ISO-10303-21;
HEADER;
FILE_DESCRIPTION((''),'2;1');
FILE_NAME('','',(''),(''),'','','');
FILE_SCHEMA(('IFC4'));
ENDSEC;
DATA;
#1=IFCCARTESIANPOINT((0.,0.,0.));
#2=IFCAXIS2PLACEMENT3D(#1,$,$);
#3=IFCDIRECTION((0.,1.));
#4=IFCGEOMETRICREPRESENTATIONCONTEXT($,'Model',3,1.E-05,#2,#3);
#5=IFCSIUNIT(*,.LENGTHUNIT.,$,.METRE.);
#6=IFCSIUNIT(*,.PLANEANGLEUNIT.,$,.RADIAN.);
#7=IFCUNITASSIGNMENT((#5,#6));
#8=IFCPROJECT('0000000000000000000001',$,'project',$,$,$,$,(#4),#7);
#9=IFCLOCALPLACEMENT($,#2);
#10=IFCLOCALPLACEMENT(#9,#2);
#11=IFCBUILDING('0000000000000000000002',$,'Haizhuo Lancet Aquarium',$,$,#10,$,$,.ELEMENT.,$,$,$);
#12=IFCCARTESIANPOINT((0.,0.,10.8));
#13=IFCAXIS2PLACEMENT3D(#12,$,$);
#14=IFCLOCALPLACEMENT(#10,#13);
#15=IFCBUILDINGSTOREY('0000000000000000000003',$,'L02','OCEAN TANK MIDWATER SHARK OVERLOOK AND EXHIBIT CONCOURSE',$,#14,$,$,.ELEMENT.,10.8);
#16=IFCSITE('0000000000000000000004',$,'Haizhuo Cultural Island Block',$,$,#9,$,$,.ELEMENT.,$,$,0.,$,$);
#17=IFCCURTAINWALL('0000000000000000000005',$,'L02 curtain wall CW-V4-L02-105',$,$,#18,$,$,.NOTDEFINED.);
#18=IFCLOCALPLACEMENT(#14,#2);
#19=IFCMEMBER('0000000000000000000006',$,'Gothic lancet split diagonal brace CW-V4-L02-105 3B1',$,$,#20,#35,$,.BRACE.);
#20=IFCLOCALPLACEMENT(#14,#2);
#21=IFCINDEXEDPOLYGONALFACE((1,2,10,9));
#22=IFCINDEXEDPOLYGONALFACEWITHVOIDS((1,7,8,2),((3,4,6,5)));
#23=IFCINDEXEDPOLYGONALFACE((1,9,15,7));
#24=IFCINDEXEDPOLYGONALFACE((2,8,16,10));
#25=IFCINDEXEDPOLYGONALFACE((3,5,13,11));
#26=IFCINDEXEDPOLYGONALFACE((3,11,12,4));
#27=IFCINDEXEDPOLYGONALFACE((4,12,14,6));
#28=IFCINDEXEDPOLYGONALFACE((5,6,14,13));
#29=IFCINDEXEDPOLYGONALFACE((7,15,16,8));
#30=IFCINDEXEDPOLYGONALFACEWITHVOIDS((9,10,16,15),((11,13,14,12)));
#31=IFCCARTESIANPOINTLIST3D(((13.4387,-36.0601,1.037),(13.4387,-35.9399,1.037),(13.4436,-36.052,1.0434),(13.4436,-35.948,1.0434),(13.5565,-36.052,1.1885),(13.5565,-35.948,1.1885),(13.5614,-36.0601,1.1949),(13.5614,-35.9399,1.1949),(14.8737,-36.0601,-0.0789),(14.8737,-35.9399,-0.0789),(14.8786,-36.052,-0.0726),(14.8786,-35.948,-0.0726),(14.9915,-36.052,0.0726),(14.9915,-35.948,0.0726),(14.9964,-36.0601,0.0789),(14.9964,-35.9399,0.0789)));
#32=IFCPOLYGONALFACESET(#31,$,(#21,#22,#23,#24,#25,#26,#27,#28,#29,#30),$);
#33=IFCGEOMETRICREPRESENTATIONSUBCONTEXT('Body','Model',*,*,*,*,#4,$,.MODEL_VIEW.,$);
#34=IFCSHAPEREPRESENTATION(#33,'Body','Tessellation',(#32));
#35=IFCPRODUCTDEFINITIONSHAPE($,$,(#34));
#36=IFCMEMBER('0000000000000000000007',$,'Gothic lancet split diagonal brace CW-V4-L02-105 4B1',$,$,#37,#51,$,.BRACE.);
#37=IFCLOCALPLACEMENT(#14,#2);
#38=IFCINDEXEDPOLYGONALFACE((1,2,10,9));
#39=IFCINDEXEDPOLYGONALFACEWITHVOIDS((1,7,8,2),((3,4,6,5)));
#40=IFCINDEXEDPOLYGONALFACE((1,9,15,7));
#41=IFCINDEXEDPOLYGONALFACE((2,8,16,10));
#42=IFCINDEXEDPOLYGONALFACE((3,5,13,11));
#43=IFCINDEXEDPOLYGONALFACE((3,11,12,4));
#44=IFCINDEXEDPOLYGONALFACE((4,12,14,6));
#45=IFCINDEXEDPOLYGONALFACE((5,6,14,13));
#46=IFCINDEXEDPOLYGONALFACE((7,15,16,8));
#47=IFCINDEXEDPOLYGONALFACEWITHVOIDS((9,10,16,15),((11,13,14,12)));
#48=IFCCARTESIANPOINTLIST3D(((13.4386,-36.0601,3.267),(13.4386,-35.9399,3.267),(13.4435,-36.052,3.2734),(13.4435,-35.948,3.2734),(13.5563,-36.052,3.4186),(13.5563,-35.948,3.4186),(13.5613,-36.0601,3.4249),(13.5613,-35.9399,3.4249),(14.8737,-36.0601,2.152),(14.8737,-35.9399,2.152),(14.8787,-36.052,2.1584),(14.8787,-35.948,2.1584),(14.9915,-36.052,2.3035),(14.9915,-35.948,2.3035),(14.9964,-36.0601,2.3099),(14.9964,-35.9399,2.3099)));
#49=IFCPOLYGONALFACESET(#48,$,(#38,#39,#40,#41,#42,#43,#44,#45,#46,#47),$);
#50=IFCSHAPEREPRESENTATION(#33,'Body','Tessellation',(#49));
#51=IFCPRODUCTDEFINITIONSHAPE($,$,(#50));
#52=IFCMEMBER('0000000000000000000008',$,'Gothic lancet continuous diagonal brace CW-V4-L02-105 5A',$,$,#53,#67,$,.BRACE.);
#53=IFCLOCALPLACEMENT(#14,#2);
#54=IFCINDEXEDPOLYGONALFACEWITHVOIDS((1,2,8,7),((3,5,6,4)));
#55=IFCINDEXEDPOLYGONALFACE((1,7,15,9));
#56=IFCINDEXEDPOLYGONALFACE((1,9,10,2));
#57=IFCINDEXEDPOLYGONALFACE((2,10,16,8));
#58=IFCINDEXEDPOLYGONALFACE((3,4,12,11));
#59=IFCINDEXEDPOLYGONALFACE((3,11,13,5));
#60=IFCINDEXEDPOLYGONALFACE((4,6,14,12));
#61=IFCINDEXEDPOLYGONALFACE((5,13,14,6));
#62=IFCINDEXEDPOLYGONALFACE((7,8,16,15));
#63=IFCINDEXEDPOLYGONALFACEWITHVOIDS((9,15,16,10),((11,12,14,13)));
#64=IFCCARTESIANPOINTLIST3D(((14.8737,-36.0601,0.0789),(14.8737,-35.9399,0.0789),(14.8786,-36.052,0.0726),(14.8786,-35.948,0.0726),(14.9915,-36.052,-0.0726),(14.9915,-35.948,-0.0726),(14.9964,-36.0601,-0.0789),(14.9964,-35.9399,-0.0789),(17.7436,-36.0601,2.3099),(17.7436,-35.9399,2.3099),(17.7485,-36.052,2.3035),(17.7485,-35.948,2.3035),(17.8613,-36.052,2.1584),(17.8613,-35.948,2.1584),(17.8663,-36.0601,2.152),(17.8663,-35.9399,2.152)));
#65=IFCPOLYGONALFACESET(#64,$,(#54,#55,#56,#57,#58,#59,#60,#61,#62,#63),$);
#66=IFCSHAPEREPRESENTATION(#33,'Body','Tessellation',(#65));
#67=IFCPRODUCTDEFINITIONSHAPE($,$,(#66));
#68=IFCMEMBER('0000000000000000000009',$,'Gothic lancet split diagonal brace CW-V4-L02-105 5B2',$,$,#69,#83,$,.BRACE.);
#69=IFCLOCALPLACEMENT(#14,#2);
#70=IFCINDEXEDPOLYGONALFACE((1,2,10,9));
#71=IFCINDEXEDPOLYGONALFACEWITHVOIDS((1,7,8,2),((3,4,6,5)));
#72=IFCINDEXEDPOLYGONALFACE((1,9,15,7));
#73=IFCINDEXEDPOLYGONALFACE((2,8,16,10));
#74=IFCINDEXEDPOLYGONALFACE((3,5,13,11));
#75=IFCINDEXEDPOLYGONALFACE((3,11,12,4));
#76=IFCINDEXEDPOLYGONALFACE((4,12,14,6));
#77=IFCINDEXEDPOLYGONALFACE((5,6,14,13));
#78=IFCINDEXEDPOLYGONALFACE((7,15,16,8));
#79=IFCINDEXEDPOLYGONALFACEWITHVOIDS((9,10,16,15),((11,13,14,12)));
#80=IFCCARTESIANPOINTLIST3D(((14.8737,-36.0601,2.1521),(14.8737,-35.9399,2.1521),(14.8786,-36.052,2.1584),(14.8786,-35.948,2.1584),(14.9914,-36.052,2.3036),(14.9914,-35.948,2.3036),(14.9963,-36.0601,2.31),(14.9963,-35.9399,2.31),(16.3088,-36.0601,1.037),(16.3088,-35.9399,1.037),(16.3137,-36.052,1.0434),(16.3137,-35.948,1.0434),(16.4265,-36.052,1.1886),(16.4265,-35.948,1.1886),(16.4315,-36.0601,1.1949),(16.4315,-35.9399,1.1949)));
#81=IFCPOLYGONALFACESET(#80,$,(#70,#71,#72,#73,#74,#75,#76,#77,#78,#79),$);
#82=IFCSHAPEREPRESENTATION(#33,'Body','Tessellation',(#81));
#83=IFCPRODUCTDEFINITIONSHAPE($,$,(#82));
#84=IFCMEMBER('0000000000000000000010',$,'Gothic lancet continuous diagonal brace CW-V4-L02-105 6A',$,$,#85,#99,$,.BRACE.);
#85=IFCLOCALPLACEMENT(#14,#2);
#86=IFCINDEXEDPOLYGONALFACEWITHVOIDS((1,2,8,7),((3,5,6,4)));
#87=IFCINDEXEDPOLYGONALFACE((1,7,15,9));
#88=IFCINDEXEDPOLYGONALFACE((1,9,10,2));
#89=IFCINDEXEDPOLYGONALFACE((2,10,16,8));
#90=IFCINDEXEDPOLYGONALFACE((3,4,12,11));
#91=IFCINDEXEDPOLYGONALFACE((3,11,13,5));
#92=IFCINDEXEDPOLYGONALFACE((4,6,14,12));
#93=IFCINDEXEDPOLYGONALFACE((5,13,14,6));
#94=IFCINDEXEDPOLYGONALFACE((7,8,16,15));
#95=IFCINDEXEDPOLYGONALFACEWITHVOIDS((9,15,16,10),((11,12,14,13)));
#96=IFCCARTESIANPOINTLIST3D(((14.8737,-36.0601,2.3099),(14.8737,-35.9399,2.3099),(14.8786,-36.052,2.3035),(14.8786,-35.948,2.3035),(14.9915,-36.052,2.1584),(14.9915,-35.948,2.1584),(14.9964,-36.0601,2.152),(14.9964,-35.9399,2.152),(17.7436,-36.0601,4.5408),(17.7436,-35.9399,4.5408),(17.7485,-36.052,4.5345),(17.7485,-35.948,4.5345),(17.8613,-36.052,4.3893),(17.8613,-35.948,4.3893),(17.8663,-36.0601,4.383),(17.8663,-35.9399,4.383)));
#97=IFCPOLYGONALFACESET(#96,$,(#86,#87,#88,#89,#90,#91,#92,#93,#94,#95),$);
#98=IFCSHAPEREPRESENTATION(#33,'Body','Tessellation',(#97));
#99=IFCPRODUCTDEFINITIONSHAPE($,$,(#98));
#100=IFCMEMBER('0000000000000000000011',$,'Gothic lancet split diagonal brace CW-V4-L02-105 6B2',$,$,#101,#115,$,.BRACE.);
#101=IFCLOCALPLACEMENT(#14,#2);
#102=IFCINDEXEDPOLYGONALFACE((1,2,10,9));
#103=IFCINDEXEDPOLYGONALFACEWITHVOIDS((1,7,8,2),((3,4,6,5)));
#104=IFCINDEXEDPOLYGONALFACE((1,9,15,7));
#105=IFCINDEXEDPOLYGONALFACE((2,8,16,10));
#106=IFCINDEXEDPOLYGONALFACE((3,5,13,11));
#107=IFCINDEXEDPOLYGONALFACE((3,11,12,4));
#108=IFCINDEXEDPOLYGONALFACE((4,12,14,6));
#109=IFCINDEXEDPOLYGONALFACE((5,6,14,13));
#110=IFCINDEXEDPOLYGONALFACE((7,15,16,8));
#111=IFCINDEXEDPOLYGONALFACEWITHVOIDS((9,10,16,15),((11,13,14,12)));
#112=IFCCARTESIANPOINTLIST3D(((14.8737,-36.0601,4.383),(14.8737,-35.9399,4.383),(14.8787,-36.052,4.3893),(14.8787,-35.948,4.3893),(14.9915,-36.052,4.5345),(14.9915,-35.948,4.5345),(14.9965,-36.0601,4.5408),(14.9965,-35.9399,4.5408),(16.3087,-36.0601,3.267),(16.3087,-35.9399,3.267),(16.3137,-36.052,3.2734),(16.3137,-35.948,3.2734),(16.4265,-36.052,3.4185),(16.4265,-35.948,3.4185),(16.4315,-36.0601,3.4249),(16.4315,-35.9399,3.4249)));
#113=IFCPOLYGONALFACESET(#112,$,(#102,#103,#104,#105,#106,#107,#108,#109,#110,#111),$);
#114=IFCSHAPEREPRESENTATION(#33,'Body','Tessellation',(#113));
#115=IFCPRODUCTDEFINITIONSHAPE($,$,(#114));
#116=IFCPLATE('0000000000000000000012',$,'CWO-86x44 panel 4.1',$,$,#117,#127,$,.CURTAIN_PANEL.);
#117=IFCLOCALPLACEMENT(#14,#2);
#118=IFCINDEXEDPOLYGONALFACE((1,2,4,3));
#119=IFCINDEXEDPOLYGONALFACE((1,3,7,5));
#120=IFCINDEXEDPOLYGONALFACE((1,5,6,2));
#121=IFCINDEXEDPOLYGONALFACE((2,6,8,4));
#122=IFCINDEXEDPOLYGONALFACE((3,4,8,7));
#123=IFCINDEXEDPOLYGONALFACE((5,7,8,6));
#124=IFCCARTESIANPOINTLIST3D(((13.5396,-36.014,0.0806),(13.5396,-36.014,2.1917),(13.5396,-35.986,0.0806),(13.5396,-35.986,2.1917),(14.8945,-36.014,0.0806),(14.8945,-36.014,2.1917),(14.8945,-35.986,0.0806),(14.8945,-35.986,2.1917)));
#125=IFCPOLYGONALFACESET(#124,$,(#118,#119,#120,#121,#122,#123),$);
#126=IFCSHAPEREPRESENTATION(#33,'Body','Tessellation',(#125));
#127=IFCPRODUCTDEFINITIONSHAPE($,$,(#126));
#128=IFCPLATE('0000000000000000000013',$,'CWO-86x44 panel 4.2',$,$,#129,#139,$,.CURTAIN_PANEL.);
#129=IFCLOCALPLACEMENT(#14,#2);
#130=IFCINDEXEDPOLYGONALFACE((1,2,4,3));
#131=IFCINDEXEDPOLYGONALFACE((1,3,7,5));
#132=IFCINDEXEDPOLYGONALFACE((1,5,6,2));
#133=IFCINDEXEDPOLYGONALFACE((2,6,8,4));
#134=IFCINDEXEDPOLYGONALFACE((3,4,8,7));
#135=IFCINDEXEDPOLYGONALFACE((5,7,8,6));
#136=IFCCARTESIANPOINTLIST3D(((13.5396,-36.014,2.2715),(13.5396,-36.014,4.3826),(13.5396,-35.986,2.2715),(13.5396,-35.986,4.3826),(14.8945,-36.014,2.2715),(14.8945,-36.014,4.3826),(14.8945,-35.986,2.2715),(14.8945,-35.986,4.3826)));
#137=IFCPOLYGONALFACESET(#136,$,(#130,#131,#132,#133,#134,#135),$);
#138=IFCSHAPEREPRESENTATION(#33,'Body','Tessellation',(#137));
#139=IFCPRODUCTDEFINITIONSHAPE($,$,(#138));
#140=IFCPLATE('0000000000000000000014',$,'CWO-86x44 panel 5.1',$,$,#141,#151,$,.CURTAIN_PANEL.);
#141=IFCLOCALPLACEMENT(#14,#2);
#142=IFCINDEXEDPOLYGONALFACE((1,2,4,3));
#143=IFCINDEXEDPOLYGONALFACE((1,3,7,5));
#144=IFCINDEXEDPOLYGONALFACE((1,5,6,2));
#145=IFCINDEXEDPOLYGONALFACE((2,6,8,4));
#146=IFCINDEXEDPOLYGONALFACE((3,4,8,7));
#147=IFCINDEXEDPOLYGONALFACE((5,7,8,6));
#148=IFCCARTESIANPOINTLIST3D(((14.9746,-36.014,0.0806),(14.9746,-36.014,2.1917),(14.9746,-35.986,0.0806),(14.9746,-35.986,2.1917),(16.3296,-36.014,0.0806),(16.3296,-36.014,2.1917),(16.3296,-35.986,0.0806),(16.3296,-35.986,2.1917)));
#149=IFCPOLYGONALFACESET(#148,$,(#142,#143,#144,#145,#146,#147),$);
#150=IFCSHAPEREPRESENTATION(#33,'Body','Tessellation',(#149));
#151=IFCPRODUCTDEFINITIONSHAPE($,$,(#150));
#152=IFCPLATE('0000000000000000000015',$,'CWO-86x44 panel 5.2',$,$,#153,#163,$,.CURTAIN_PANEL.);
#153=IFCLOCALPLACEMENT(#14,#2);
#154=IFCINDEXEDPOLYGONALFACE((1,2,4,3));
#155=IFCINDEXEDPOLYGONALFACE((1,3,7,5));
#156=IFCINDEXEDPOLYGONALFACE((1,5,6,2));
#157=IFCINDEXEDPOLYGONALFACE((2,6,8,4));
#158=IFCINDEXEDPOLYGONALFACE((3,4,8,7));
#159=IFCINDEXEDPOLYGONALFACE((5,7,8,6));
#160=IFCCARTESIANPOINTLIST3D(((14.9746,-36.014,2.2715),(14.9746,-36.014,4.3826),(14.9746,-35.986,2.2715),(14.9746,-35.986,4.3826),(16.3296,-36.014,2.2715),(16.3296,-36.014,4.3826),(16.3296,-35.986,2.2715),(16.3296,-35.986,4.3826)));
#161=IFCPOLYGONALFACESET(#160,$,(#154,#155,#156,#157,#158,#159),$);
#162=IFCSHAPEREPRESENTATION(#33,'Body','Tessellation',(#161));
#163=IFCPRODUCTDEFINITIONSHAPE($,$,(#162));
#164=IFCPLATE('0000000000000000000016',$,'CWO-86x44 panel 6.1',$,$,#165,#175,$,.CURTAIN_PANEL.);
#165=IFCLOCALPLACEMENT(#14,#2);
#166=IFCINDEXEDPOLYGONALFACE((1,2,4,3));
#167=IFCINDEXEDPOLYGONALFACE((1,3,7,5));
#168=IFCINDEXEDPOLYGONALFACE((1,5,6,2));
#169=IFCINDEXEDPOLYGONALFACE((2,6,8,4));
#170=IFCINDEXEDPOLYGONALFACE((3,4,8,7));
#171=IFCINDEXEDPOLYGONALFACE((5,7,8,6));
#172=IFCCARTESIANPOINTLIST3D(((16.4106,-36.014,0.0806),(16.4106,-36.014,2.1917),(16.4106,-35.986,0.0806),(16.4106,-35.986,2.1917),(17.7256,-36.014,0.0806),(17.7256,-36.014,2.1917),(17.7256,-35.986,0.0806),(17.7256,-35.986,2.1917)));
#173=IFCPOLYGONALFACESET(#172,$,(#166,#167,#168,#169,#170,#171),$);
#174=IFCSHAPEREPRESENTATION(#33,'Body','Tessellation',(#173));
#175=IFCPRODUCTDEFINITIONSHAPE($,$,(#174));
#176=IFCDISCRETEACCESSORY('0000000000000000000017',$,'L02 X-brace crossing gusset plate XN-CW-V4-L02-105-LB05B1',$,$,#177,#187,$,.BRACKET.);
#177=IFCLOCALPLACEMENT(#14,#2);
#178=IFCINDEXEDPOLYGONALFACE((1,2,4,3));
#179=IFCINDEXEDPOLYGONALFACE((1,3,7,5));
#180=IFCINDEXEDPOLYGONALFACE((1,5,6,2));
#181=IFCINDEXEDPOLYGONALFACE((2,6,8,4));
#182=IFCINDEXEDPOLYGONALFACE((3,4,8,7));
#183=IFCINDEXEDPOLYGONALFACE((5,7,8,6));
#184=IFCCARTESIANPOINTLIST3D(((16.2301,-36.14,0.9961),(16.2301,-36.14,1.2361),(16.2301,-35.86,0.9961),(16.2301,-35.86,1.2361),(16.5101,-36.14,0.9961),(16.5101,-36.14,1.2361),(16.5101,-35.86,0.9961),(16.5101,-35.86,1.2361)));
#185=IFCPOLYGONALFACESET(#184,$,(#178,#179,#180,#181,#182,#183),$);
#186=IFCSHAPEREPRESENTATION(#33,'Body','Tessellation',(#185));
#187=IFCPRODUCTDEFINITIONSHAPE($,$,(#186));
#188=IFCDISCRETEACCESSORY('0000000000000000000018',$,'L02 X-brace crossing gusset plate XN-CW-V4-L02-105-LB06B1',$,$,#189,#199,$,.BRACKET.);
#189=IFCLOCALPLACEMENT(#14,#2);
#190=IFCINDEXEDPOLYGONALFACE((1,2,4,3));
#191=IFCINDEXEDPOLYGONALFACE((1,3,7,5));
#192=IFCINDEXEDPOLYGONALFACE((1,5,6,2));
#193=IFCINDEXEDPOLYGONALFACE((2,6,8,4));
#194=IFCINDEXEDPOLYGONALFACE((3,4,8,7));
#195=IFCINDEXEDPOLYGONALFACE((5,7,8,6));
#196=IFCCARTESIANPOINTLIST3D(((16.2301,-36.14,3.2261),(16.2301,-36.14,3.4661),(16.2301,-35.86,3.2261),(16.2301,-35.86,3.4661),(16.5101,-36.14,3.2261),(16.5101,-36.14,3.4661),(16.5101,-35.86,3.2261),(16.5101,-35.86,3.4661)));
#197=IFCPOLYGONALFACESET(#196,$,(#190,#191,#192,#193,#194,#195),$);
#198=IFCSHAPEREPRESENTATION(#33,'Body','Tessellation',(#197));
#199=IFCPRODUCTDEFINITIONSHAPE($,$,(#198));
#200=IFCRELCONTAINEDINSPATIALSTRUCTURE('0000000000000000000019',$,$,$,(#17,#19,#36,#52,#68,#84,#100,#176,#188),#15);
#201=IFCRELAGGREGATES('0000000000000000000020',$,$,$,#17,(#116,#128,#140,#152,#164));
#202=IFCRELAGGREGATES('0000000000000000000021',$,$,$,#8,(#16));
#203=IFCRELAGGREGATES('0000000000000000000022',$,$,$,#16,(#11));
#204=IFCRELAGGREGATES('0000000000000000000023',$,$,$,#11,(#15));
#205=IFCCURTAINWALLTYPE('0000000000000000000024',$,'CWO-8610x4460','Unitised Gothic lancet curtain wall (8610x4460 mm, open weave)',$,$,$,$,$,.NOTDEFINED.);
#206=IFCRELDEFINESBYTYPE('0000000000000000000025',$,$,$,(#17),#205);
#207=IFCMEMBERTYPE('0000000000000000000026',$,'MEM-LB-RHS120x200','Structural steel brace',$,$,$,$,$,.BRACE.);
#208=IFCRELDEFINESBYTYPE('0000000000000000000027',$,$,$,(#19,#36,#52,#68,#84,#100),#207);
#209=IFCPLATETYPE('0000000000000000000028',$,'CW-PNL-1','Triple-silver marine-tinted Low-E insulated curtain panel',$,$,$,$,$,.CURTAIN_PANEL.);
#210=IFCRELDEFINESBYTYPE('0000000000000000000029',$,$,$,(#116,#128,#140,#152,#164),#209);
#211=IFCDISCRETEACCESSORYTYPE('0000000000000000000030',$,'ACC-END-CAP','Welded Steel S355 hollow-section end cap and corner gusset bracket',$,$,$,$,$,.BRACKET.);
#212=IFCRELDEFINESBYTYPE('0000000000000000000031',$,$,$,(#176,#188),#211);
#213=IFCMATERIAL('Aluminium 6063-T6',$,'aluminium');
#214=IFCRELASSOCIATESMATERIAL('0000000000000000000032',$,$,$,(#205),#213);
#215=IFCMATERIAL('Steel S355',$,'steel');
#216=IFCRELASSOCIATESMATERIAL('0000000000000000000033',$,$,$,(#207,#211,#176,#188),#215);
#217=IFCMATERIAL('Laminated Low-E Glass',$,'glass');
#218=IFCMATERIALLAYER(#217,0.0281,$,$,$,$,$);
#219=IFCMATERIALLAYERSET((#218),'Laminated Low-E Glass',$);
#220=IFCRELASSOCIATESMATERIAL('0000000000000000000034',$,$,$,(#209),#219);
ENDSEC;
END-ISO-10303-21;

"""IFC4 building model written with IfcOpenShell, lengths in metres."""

from ifc_helpers import new_model, si_unit, direction, frame, origin, origin_2d, place, context, subcontext, project, spatial, rectangle, hollow_rectangle, extrude, material, layer, layer_set, material_profile, profile_set, type_object, element, aggregate, save


model = new_model("IFC4")

# Units and contexts
model_context = context("Model", 3, precision=1e-05, world=origin(), true_north=direction((0.0, 1.0)))
body_context = subcontext(model_context, "Body", "Model", "MODEL_VIEW")
ifc_project = project(units=[si_unit("LENGTHUNIT", "METRE"), si_unit("PLANEANGLEUNIT", "RADIAN")], contexts=[model_context])

# Site, building, storey
site_placement = place(None, origin())
site = spatial("IfcSite", under=ifc_project, at=site_placement, Name="Haizhuo Cultural Island Block", CompositionType="ELEMENT", RefElevation=0.0)
building_placement = place(site_placement, origin())
building = spatial("IfcBuilding", under=site, at=building_placement, Name="Haizhuo Lancet Aquarium", CompositionType="ELEMENT")
storey_placement = place(building_placement, frame((0.0, 0.0, 10.8)))
storey = spatial("IfcBuildingStorey", under=building, at=storey_placement, Name="L02", Description="OCEAN TANK MIDWATER SHARK OVERLOOK AND EXHIBIT CONCOURSE", CompositionType="ELEMENT", Elevation=10.8)

# Curtain wall
ifc_material_1 = material(Name="Aluminium 6063-T6", Category="aluminium")
curtain_wall_type = type_object("IfcCurtainWallType", Name="CWO-8610x4460", Description="Unitised Gothic lancet curtain wall (8610x4460 mm, open weave)", PredefinedType="NOTDEFINED", material=ifc_material_1)
curtain_wall_placement = place(storey_placement, origin())
curtain_wall = element("IfcCurtainWall", 1, at=curtain_wall_placement, inside=storey, type_object=curtain_wall_type, Name="L02 curtain wall CW-V4-L02-105", PredefinedType="NOTDEFINED")

# Members
ifc_material_2 = material(Name="Steel S355", Category="steel")
ifc_material_profile_1 = material_profile(ifc_material_2, hollow_rectangle(XDim=0.1201, YDim=0.2, WallThickness=0.0081, at=origin_2d()), Name="RHS 120x200x8")
ifc_profile_set_1 = profile_set([ifc_material_profile_1], Name="Steel S355")
member_type_1 = type_object("IfcMemberType", Name="MEM-LB-RHS120x200", Description="Structural steel brace", PredefinedType="BRACE", material=ifc_profile_set_1)
member_1_placement = place(storey_placement, frame((14.9351, -36.0, 0.0), z_axis=(-0.789403, 0.0, 0.613876), x_axis=(0.0, -1.0, 0.0)))
element("IfcMember", 2, at=member_1_placement, inside=storey, type_object=member_type_1, Name="Gothic lancet split diagonal brace CW-V4-L02-105 3B1", PredefinedType="BRACE", context=body_context, shape_type="SweptSolid", body=[
    extrude(hollow_rectangle(XDim=0.1201, YDim=0.2, WallThickness=0.0081, at=origin_2d()), origin(), (0.0, 0.0, 1.0), 1.8179),
])
member_2_placement = place(storey_placement, frame((14.9351, -36.0, 2.231), z_axis=(-0.789663, 0.0, 0.613541), x_axis=(0.0, -1.0, 0.0)))
element("IfcMember", 3, at=member_2_placement, inside=storey, type_object=member_type_1, Name="Gothic lancet split diagonal brace CW-V4-L02-105 4B1", PredefinedType="BRACE", context=body_context, shape_type="SweptSolid", body=[
    extrude(hollow_rectangle(XDim=0.1201, YDim=0.2, WallThickness=0.0081, at=origin_2d()), origin(), (0.0, 0.0, 1.0), 1.8174),
])
member_3_placement = place(storey_placement, frame((14.9351, -36.0, 0.0), z_axis=(0.789508, 0.0, 0.613741), x_axis=(0.0, 1.0, 0.0)))
element("IfcMember", 4, at=member_3_placement, inside=storey, type_object=member_type_1, Name="Gothic lancet continuous diagonal brace CW-V4-L02-105 5A", PredefinedType="BRACE", context=body_context, shape_type="SweptSolid", body=[
    extrude(hollow_rectangle(XDim=0.1201, YDim=0.2, WallThickness=0.0081, at=origin_2d()), origin(), (0.0, 0.0, 1.0), 3.635),
])
member_4_placement = place(storey_placement, frame((16.3701, -36.0, 1.116), z_axis=(-0.789663, 0.0, 0.613541), x_axis=(0.0, -1.0, 0.0)))
element("IfcMember", 5, at=member_4_placement, inside=storey, type_object=member_type_1, Name="Gothic lancet split diagonal brace CW-V4-L02-105 5B2", PredefinedType="BRACE", context=body_context, shape_type="SweptSolid", body=[
    extrude(hollow_rectangle(XDim=0.1201, YDim=0.2, WallThickness=0.0081, at=origin_2d()), origin(), (0.0, 0.0, 1.0), 1.8174),
])
member_5_placement = place(storey_placement, frame((14.9351, -36.0, 2.231), z_axis=(0.789508, 0.0, 0.613741), x_axis=(0.0, 1.0, 0.0)))
element("IfcMember", 6, at=member_5_placement, inside=storey, type_object=member_type_1, Name="Gothic lancet continuous diagonal brace CW-V4-L02-105 6A", PredefinedType="BRACE", context=body_context, shape_type="SweptSolid", body=[
    extrude(hollow_rectangle(XDim=0.1201, YDim=0.2, WallThickness=0.0081, at=origin_2d()), origin(), (0.0, 0.0, 1.0), 3.635),
])
member_6_placement = place(storey_placement, frame((16.3701, -36.0, 3.3459), z_axis=(-0.789403, 0.0, 0.613876), x_axis=(0.0, -1.0, 0.0)))
element("IfcMember", 7, at=member_6_placement, inside=storey, type_object=member_type_1, Name="Gothic lancet split diagonal brace CW-V4-L02-105 6B2", PredefinedType="BRACE", context=body_context, shape_type="SweptSolid", body=[
    extrude(hollow_rectangle(XDim=0.1201, YDim=0.2, WallThickness=0.0081, at=origin_2d()), origin(), (0.0, 0.0, 1.0), 1.8179),
])

# Plates
ifc_material_3 = material(Name="Laminated Low-E Glass", Category="glass")
ifc_layer = layer(ifc_material_3, 0.0281)
ifc_layer_set = layer_set([ifc_layer], Name="Laminated Low-E Glass")
plate_type = type_object("IfcPlateType", Name="CW-PNL-1", Description="Triple-silver marine-tinted Low-E insulated curtain panel", PredefinedType="CURTAIN_PANEL", material=ifc_layer_set)
plate_1_placement = place(storey_placement, frame((14.217, -36.0, 0.0806), z_axis=(0.0, 0.0, 1.0), x_axis=(1.0, 0.0, 0.0)))
plate_1 = element("IfcPlate", 8, at=plate_1_placement, type_object=plate_type, Name="CWO-86x44 panel 4.1", PredefinedType="CURTAIN_PANEL", context=body_context, shape_type="SweptSolid", body=[
    extrude(rectangle(XDim=1.355, YDim=0.0281, at=origin_2d()), origin(), (0.0, 0.0, 1.0), 2.1111),
])
plate_2_placement = place(storey_placement, frame((14.217, -36.0, 2.2715), z_axis=(0.0, 0.0, 1.0), x_axis=(1.0, 0.0, 0.0)))
plate_2 = element("IfcPlate", 9, at=plate_2_placement, type_object=plate_type, Name="CWO-86x44 panel 4.2", PredefinedType="CURTAIN_PANEL", context=body_context, shape_type="SweptSolid", body=[
    extrude(rectangle(XDim=1.355, YDim=0.0281, at=origin_2d()), origin(), (0.0, 0.0, 1.0), 2.1111),
])
plate_3_placement = place(storey_placement, frame((15.6521, -36.0, 0.0806), z_axis=(0.0, 0.0, 1.0), x_axis=(1.0, 0.0, 0.0)))
plate_3 = element("IfcPlate", 10, at=plate_3_placement, type_object=plate_type, Name="CWO-86x44 panel 5.1", PredefinedType="CURTAIN_PANEL", context=body_context, shape_type="SweptSolid", body=[
    extrude(rectangle(XDim=1.355, YDim=0.0281, at=origin_2d()), origin(), (0.0, 0.0, 1.0), 2.1111),
])
plate_4_placement = place(storey_placement, frame((15.6521, -36.0, 2.2715), z_axis=(0.0, 0.0, 1.0), x_axis=(1.0, 0.0, 0.0)))
plate_4 = element("IfcPlate", 11, at=plate_4_placement, type_object=plate_type, Name="CWO-86x44 panel 5.2", PredefinedType="CURTAIN_PANEL", context=body_context, shape_type="SweptSolid", body=[
    extrude(rectangle(XDim=1.355, YDim=0.0281, at=origin_2d()), origin(), (0.0, 0.0, 1.0), 2.1111),
])
plate_5_placement = place(storey_placement, frame((17.0681, -36.0, 0.0806), z_axis=(0.0, 0.0, 1.0), x_axis=(1.0, 0.0, 0.0)))
plate_5 = element("IfcPlate", 12, at=plate_5_placement, type_object=plate_type, Name="CWO-86x44 panel 6.1", PredefinedType="CURTAIN_PANEL", context=body_context, shape_type="SweptSolid", body=[
    extrude(rectangle(XDim=1.3149, YDim=0.0281, at=origin_2d()), origin(), (0.0, 0.0, 1.0), 2.1111),
])
aggregate(curtain_wall, [plate_1, plate_2, plate_3, plate_4, plate_5])

# Discrete accessories
discrete_accessory_type = type_object("IfcDiscreteAccessoryType", Name="ACC-END-CAP", Description="Welded Steel S355 hollow-section end cap and corner gusset bracket", PredefinedType="BRACKET", material=ifc_material_2)
for number, where, z_axis, x_axis, name in (
    (13, (16.3701, -36.0, 0.9961), (0.0, 0.0, 1.0), (1.0, 0.0, 0.0), "L02 X-brace crossing gusset plate XN-CW-V4-L02-105-LB05B1"),
    (14, (16.3701, -36.0, 3.2261), (0.0, 0.0, 1.0), (1.0, 0.0, 0.0), "L02 X-brace crossing gusset plate XN-CW-V4-L02-105-LB06B1"),
):
    element("IfcDiscreteAccessory", number, at=place(storey_placement, frame(where, z_axis=z_axis, x_axis=x_axis)), inside=storey, type_object=discrete_accessory_type, material=ifc_material_2, Name=name, PredefinedType="BRACKET", context=body_context, shape_type="SweptSolid", body=[
        extrude(rectangle(XDim=0.28, YDim=0.28, at=origin_2d()), origin(), (0.0, 0.0, 1.0), 0.24),
    ])

save(model, "model.ifc")
